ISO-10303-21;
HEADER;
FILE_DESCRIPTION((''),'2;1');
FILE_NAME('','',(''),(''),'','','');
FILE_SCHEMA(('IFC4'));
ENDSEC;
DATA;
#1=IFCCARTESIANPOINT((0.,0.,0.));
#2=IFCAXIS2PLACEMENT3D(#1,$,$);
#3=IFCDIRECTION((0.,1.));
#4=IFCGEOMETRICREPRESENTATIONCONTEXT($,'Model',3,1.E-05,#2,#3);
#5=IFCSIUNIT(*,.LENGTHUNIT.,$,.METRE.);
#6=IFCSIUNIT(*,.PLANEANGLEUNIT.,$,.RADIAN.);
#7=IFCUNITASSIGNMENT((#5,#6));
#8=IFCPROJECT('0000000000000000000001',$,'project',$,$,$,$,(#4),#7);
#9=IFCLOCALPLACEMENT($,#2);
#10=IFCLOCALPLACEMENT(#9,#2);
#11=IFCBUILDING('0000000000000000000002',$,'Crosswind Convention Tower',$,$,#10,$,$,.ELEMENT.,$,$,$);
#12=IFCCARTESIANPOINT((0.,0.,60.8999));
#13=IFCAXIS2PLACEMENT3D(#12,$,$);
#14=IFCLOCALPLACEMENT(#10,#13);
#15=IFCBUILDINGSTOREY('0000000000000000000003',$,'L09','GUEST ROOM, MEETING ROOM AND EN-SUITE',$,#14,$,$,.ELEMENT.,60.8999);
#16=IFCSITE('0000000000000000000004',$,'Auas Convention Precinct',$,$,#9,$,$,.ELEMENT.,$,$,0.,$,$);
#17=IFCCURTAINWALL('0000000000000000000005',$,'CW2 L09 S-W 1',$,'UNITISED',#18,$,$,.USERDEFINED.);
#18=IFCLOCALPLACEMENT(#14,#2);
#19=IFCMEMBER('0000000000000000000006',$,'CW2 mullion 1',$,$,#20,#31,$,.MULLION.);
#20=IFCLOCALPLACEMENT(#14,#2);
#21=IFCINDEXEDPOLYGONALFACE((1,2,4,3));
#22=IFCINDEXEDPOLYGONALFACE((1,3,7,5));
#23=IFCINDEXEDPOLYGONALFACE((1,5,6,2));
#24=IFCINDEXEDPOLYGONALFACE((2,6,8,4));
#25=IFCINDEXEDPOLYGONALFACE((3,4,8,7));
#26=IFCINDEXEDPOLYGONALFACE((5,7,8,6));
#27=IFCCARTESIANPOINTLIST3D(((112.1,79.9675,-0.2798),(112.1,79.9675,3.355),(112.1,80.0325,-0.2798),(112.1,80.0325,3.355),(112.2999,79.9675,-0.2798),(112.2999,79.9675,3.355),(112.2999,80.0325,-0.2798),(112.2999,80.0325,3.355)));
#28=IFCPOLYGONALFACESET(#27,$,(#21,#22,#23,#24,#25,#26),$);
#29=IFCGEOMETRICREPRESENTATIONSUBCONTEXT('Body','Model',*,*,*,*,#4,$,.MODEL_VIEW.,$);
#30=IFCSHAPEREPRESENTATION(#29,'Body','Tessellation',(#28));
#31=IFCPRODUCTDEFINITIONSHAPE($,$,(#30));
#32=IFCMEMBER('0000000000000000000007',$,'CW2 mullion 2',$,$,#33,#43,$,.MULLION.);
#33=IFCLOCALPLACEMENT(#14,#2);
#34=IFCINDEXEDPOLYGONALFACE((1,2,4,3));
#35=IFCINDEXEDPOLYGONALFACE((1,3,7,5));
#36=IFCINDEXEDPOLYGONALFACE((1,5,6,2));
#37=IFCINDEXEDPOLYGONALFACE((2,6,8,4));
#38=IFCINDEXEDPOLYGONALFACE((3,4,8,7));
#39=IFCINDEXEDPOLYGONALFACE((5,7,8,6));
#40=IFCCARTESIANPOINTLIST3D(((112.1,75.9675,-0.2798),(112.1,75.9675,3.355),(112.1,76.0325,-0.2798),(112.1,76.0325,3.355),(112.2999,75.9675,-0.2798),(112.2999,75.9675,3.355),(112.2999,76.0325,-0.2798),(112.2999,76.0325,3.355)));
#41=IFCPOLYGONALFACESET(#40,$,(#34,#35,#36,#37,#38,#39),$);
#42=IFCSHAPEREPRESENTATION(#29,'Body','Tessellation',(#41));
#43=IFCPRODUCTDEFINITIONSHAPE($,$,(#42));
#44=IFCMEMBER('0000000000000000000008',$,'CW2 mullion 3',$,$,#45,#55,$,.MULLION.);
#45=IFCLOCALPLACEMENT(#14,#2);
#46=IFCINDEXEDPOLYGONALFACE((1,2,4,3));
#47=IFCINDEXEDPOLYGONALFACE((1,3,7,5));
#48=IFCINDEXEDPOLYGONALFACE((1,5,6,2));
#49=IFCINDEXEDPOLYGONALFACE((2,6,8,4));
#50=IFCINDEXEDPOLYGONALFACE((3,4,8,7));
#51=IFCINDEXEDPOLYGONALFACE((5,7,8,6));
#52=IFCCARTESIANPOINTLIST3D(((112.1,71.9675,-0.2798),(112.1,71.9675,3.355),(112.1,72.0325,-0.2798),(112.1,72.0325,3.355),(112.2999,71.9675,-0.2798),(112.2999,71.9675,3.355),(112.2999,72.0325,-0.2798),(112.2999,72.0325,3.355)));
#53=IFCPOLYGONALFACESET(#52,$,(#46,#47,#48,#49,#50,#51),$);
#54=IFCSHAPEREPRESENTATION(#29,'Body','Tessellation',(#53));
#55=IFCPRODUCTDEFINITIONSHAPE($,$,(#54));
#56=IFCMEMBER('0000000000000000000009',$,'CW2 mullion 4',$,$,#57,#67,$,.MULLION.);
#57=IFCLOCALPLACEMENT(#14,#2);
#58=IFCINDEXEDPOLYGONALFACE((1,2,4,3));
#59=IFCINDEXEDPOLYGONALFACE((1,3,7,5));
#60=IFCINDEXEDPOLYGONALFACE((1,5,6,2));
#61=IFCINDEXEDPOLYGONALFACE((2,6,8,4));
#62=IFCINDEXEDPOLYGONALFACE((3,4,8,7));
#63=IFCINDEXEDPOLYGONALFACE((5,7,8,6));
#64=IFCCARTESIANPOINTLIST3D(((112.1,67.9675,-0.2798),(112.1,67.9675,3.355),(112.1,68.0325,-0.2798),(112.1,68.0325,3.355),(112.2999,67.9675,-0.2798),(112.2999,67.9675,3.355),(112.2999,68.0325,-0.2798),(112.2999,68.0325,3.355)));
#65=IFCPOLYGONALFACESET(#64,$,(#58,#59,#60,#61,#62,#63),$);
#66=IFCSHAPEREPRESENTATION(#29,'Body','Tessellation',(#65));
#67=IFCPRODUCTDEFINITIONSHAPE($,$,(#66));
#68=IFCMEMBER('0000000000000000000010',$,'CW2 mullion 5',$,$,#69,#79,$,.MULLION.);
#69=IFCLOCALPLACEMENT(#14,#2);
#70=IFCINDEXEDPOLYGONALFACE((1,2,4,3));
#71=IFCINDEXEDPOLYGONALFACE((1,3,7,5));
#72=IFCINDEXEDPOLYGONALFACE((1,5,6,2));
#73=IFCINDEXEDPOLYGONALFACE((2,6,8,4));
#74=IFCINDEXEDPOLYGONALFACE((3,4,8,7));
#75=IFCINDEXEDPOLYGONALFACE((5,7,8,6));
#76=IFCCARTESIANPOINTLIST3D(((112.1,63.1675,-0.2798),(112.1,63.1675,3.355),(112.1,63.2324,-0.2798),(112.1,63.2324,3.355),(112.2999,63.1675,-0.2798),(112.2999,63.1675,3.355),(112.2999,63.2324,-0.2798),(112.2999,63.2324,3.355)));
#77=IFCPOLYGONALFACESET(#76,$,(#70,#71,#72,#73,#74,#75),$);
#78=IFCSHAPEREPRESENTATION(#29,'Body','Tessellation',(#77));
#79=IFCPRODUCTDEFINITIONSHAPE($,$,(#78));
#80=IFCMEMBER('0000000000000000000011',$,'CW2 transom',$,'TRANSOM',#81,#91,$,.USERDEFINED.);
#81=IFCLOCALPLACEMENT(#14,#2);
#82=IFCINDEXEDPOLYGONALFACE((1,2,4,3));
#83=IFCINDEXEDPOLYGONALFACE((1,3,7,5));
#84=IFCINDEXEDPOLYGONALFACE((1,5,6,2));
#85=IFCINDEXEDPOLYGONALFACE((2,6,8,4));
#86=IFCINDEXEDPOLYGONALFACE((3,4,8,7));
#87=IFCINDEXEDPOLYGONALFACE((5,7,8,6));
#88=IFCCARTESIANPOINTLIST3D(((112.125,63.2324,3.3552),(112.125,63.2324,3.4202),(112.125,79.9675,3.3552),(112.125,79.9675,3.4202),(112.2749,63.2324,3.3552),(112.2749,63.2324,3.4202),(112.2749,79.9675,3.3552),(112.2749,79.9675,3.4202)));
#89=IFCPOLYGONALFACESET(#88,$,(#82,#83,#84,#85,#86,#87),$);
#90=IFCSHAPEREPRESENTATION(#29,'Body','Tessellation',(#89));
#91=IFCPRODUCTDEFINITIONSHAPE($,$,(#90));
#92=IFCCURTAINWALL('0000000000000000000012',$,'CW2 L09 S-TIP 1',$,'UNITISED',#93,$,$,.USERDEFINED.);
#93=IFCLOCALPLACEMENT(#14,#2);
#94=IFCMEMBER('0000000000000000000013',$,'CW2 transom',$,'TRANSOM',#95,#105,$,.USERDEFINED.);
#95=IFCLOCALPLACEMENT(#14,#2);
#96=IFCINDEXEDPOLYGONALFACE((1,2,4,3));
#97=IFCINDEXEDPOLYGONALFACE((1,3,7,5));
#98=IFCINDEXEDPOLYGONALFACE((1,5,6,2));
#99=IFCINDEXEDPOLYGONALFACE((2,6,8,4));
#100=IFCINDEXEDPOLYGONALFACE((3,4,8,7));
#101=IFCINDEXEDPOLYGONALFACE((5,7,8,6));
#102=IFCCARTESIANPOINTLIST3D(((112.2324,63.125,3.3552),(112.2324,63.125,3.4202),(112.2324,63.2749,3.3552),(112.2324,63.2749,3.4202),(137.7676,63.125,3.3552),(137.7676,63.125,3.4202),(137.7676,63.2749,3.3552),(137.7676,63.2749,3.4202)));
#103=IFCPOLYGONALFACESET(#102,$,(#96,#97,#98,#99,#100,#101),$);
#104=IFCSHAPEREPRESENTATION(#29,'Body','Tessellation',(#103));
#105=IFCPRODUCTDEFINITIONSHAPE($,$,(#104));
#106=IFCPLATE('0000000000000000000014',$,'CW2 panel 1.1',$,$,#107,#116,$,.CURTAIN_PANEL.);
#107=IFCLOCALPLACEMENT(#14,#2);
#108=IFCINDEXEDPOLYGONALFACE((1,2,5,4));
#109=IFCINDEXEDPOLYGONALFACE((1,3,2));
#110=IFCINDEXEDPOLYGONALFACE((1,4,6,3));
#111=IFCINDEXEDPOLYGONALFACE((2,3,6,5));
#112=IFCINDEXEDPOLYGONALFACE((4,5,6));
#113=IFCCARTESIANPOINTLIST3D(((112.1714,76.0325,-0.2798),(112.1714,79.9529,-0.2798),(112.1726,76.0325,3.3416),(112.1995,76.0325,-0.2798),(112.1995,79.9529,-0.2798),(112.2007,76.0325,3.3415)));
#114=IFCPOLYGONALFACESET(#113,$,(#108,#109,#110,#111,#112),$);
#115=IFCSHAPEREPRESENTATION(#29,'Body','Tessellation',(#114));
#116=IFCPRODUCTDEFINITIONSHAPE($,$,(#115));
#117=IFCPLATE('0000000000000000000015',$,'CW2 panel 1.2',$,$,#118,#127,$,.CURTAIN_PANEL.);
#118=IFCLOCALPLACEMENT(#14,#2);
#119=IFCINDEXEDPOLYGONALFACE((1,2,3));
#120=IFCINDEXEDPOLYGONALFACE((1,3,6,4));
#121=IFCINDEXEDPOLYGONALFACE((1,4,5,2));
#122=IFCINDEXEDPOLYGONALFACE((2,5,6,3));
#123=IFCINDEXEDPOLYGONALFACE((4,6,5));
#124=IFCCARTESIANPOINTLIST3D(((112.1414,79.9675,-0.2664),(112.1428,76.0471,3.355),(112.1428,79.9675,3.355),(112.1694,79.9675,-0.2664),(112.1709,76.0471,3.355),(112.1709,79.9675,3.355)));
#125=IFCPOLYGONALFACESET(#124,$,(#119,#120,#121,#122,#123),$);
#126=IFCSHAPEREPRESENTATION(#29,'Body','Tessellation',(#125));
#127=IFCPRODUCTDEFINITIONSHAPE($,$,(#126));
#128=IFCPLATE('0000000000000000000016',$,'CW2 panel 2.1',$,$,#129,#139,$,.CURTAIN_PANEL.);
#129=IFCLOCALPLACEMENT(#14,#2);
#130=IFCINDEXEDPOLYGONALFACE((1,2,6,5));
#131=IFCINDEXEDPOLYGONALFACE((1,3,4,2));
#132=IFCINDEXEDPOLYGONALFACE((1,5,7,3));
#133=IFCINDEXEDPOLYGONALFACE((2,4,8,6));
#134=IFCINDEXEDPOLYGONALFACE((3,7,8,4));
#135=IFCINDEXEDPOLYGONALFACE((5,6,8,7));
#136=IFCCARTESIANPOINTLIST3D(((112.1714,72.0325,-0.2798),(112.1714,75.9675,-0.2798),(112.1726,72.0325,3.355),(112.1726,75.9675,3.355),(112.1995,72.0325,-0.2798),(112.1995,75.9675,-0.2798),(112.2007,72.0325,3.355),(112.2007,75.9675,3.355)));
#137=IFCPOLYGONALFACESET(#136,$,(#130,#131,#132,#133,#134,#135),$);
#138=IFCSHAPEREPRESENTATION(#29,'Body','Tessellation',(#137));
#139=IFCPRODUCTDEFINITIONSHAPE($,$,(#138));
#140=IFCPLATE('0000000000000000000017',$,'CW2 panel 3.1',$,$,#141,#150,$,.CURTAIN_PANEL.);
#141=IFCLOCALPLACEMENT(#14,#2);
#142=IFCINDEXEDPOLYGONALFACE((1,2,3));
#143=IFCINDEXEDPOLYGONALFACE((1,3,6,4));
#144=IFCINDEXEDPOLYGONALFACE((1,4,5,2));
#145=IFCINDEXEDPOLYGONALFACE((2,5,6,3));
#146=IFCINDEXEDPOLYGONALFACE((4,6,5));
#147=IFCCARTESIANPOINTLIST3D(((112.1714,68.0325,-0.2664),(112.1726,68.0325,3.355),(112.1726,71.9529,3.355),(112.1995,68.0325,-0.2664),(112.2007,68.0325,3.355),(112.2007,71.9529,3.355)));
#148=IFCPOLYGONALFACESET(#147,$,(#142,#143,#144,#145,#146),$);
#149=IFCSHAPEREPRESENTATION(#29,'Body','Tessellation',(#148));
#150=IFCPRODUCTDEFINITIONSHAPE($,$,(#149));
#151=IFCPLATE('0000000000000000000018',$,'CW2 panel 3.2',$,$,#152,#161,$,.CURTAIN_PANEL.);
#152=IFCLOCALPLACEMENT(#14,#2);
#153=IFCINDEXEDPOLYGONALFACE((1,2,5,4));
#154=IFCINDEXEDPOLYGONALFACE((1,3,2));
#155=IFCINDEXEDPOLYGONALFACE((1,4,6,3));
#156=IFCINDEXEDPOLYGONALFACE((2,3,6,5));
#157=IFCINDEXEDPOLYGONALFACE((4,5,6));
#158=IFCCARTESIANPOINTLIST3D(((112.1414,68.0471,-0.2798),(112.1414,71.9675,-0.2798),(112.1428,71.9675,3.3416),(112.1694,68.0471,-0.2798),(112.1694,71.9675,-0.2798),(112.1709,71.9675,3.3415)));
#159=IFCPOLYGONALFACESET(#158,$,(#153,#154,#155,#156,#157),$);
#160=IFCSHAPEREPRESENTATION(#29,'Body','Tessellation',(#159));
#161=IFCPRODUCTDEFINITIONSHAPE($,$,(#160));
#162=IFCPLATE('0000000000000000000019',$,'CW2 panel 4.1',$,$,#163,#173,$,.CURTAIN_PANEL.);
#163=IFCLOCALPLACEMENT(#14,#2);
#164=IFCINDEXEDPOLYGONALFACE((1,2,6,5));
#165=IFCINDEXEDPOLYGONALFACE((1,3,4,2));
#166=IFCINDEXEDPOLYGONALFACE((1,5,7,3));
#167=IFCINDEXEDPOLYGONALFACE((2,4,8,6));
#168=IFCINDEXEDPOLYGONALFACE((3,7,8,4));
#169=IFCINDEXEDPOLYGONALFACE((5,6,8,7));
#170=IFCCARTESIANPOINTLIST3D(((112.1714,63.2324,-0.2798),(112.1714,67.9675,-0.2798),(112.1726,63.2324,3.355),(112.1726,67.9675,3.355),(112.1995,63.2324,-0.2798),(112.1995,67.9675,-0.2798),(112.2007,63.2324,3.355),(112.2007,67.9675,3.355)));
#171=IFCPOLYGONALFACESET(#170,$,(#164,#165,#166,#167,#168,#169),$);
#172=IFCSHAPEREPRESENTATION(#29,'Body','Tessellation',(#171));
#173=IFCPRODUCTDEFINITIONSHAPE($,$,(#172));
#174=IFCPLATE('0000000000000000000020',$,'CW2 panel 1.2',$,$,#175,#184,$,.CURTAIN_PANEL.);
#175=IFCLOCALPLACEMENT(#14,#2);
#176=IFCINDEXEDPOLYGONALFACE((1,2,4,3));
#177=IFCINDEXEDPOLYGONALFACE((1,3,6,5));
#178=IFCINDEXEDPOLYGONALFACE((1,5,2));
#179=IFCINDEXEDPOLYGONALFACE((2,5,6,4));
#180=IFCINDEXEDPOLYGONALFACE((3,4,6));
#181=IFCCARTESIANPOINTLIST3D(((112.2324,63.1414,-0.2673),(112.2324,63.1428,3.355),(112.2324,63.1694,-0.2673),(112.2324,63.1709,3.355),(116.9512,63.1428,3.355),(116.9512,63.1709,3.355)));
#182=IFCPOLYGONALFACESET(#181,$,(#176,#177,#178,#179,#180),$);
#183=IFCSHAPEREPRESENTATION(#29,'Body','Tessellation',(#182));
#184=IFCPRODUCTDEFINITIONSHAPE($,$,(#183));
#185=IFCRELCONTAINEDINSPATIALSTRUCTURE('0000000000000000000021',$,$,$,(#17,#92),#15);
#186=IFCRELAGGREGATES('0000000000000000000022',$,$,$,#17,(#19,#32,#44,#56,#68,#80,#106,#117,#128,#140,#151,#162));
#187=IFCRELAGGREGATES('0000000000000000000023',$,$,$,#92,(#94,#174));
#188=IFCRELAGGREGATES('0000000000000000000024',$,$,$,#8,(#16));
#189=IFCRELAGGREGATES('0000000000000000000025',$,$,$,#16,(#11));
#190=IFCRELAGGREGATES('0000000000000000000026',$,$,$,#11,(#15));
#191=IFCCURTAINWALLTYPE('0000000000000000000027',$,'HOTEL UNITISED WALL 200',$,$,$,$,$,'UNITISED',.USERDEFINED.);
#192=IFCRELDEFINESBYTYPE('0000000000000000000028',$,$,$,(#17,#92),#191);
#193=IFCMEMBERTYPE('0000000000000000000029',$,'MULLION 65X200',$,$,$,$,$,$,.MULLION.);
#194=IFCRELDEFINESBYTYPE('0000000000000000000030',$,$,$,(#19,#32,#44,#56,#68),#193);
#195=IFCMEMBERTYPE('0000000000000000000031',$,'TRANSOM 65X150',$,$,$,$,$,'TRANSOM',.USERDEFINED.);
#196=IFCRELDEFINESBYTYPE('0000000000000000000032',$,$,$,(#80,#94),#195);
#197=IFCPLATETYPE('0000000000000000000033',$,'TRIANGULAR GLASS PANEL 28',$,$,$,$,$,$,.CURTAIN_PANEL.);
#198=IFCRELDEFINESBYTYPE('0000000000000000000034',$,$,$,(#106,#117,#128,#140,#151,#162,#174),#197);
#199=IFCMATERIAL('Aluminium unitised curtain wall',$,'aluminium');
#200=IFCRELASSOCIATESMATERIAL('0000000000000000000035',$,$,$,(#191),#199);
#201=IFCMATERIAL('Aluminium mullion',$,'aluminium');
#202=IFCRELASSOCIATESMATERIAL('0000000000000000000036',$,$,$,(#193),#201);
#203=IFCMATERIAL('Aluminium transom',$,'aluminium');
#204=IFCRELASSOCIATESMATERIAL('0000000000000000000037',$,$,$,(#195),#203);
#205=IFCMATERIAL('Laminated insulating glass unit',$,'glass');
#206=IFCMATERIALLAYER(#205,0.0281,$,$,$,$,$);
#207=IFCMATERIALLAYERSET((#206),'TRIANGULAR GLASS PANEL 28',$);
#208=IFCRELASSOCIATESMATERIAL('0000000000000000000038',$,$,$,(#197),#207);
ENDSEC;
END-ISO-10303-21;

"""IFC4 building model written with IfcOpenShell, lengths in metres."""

from ifc_helpers import new_model, si_unit, direction, frame, origin, origin_2d, place, context, subcontext, project, spatial, polyline, rectangle, outline, extrude, material, layer, layer_set, material_profile, profile_set, type_object, element, aggregate, save


model = new_model("IFC4")

# Units and contexts
model_context = context("Model", 3, precision=1e-05, world=origin(), true_north=direction((0.0, 1.0)))
body_context = subcontext(model_context, "Body", "Model", "MODEL_VIEW")
ifc_project = project(units=[si_unit("LENGTHUNIT", "METRE"), si_unit("PLANEANGLEUNIT", "RADIAN")], contexts=[model_context])

# Site, building, storey
site_placement = place(None, origin())
site = spatial("IfcSite", under=ifc_project, at=site_placement, Name="Auas Convention Precinct", CompositionType="ELEMENT", RefElevation=0.0)
building_placement = place(site_placement, origin())
building = spatial("IfcBuilding", under=site, at=building_placement, Name="Crosswind Convention Tower", CompositionType="ELEMENT")
storey_placement = place(building_placement, frame((0.0, 0.0, 60.8999)))
storey = spatial("IfcBuildingStorey", under=building, at=storey_placement, Name="L09", Description="GUEST ROOM, MEETING ROOM AND EN-SUITE", CompositionType="ELEMENT", Elevation=60.8999)

# Curtain wall, members
ifc_material_1 = material(Name="Aluminium unitised curtain wall", Category="aluminium")
curtain_wall_type = type_object("IfcCurtainWallType", Name="HOTEL UNITISED WALL 200", ElementType="UNITISED", PredefinedType="USERDEFINED", material=ifc_material_1)
curtain_wall_1_placement = place(storey_placement, origin())
curtain_wall_1 = element("IfcCurtainWall", 1, at=curtain_wall_1_placement, inside=storey, type_object=curtain_wall_type, Name="CW2 L09 S-W 1", ObjectType="UNITISED", PredefinedType="USERDEFINED")
ifc_material_2 = material(Name="Aluminium mullion", Category="aluminium")
ifc_material_profile_1 = material_profile(ifc_material_2, rectangle(XDim=0.2, YDim=0.0649, at=origin_2d()), Name="AL 200X65")
ifc_profile_set_1 = profile_set([ifc_material_profile_1], Name="Aluminium mullion")
member_type_1 = type_object("IfcMemberType", Name="MULLION 65X200", PredefinedType="MULLION", material=ifc_profile_set_1)
member_1_placement = place(storey_placement, frame((112.2, 80.0, -0.2798), z_axis=(0.0, 0.0, 1.0), x_axis=(-1.0, 0.0, 0.0)))
member_1 = element("IfcMember", 2, at=member_1_placement, type_object=member_type_1, Name="CW2 mullion 1", PredefinedType="MULLION", context=body_context, shape_type="SweptSolid", body=[
    extrude(rectangle(XDim=0.2, YDim=0.0649, at=origin_2d()), origin(), (0.0, 0.0, 1.0), 3.6348),
])
member_2_placement = place(storey_placement, frame((112.2, 76.0, -0.2798), z_axis=(0.0, 0.0, 1.0), x_axis=(-1.0, 0.0, 0.0)))
member_2 = element("IfcMember", 3, at=member_2_placement, type_object=member_type_1, Name="CW2 mullion 2", PredefinedType="MULLION", context=body_context, shape_type="SweptSolid", body=[
    extrude(rectangle(XDim=0.2, YDim=0.0649, at=origin_2d()), origin(), (0.0, 0.0, 1.0), 3.6348),
])
member_3_placement = place(storey_placement, frame((112.2, 72.0, -0.2798), z_axis=(0.0, 0.0, 1.0), x_axis=(-1.0, 0.0, 0.0)))
member_3 = element("IfcMember", 4, at=member_3_placement, type_object=member_type_1, Name="CW2 mullion 3", PredefinedType="MULLION", context=body_context, shape_type="SweptSolid", body=[
    extrude(rectangle(XDim=0.2, YDim=0.0649, at=origin_2d()), origin(), (0.0, 0.0, 1.0), 3.6348),
])
member_4_placement = place(storey_placement, frame((112.2, 68.0, -0.2798), z_axis=(0.0, 0.0, 1.0), x_axis=(-1.0, 0.0, 0.0)))
member_4 = element("IfcMember", 5, at=member_4_placement, type_object=member_type_1, Name="CW2 mullion 4", PredefinedType="MULLION", context=body_context, shape_type="SweptSolid", body=[
    extrude(rectangle(XDim=0.2, YDim=0.0649, at=origin_2d()), origin(), (0.0, 0.0, 1.0), 3.6348),
])
member_5_placement = place(storey_placement, frame((112.2, 63.2, -0.2798), z_axis=(0.0, 0.0, 1.0), x_axis=(-1.0, 0.0, 0.0)))
member_5 = element("IfcMember", 6, at=member_5_placement, type_object=member_type_1, Name="CW2 mullion 5", PredefinedType="MULLION", context=body_context, shape_type="SweptSolid", body=[
    extrude(rectangle(XDim=0.2, YDim=0.0649, at=origin_2d()), origin(), (0.0, 0.0, 1.0), 3.6348),
])
ifc_material_3 = material(Name="Aluminium transom", Category="aluminium")
ifc_material_profile_2 = material_profile(ifc_material_3, rectangle(XDim=0.1499, YDim=0.0649, at=origin_2d()), Name="AL 150X65")
ifc_profile_set_2 = profile_set([ifc_material_profile_2], Name="Aluminium transom")
member_type_2 = type_object("IfcMemberType", Name="TRANSOM 65X150", ElementType="TRANSOM", PredefinedType="USERDEFINED", material=ifc_profile_set_2)
member_6_placement = place(storey_placement, frame((112.2, 79.9675, 3.3877), z_axis=(0.0, -1.0, 0.0), x_axis=(1.0, 0.0, 0.0)))
member_6 = element("IfcMember", 7, at=member_6_placement, type_object=member_type_2, Name="CW2 transom", ObjectType="TRANSOM", PredefinedType="USERDEFINED", context=body_context, shape_type="SweptSolid", body=[
    extrude(rectangle(XDim=0.1499, YDim=0.0649, at=origin_2d()), origin(), (0.0, 0.0, 1.0), 16.7351),
])

# Curtain wall, member
curtain_wall_2_placement = place(storey_placement, origin())
curtain_wall_2 = element("IfcCurtainWall", 8, at=curtain_wall_2_placement, inside=storey, type_object=curtain_wall_type, Name="CW2 L09 S-TIP 1", ObjectType="UNITISED", PredefinedType="USERDEFINED")
member_7_placement = place(storey_placement, frame((112.2324, 63.2, 3.3877), z_axis=(1.0, 0.0, 0.0), x_axis=(0.0, 1.0, 0.0)))
member_7 = element("IfcMember", 9, at=member_7_placement, type_object=member_type_2, Name="CW2 transom", ObjectType="TRANSOM", PredefinedType="USERDEFINED", context=body_context, shape_type="SweptSolid", body=[
    extrude(rectangle(XDim=0.1499, YDim=0.0649, at=origin_2d()), origin(), (0.0, 0.0, 1.0), 25.5352),
])

# Plates
ifc_material_4 = material(Name="Laminated insulating glass unit", Category="glass")
ifc_layer = layer(ifc_material_4, 0.0281)
ifc_layer_set = layer_set([ifc_layer], Name="TRIANGULAR GLASS PANEL 28")
plate_type = type_object("IfcPlateType", Name="TRIANGULAR GLASS PANEL 28", PredefinedType="CURTAIN_PANEL", material=ifc_layer_set)
plate_1_placement = place(storey_placement, frame((112.1714, 76.0325, -0.2798), z_axis=(-1.0, 0.0, 0.000337), x_axis=(0.000337, 0.0, 1.0)))
plate_1 = element("IfcPlate", 10, at=plate_1_placement, type_object=plate_type, Name="CW2 panel 1.1", PredefinedType="CURTAIN_PANEL", context=body_context, shape_type="SweptSolid", body=[
    extrude(outline(polyline([(0.0, 0.0), (3.6213, 0.0), (0.0, 3.9204), (0.0, 0.0)])), origin(), (0.0, 0.0, -1.0), 0.0281),
])
plate_2_placement = place(storey_placement, frame((112.1428, 79.9675, 3.355), z_axis=(-1.0, 0.0, 0.000405), x_axis=(-0.000405, 0.0, -1.0)))
plate_2 = element("IfcPlate", 11, at=plate_2_placement, type_object=plate_type, Name="CW2 panel 1.2", PredefinedType="CURTAIN_PANEL", context=body_context, shape_type="SweptSolid", body=[
    extrude(outline(polyline([(0.0, 0.0), (3.6213, 0.0), (0.0, 3.9204), (0.0, 0.0)])), origin(), (0.0, 0.0, -1.0), 0.0281),
])
plate_3_placement = place(storey_placement, frame((112.1714, 75.9675, -0.2798), z_axis=(-1.0, 0.0, 0.000336), x_axis=(0.0, -1.0, 0.0)))
plate_3 = element("IfcPlate", 12, at=plate_3_placement, type_object=plate_type, Name="CW2 panel 2.1", PredefinedType="CURTAIN_PANEL", context=body_context, shape_type="SweptSolid", body=[
    extrude(outline(polyline([(0.0, 0.0), (3.9351, 0.0), (3.9351, 3.6348), (0.0, 3.6348), (0.0, 0.0)])), origin(), (0.0, 0.0, -1.0), 0.0281),
])
plate_4_placement = place(storey_placement, frame((112.1726, 68.0325, 3.355), z_axis=(-1.0, 0.0, 0.000337), x_axis=(0.0, 1.0, 0.0)))
plate_4 = element("IfcPlate", 13, at=plate_4_placement, type_object=plate_type, Name="CW2 panel 3.1", PredefinedType="CURTAIN_PANEL", context=body_context, shape_type="SweptSolid", body=[
    extrude(outline(polyline([(0.0, 0.0), (3.9204, 0.0), (0.0, 3.6213), (0.0, 0.0)])), origin(), (0.0, 0.0, -1.0), 0.0281),
])
plate_5_placement = place(storey_placement, frame((112.1414, 71.9675, -0.2798), z_axis=(-1.0, 0.0, 0.000405), x_axis=(0.0, -1.0, 0.0)))
plate_5 = element("IfcPlate", 14, at=plate_5_placement, type_object=plate_type, Name="CW2 panel 3.2", PredefinedType="CURTAIN_PANEL", context=body_context, shape_type="SweptSolid", body=[
    extrude(outline(polyline([(0.0, 0.0), (3.9204, 0.0), (0.0, 3.6213), (0.0, 0.0)])), origin(), (0.0, 0.0, -1.0), 0.0281),
])
plate_6_placement = place(storey_placement, frame((112.1714, 67.9675, -0.2798), z_axis=(-1.0, 0.0, 0.000336), x_axis=(0.0, -1.0, 0.0)))
plate_6 = element("IfcPlate", 15, at=plate_6_placement, type_object=plate_type, Name="CW2 panel 4.1", PredefinedType="CURTAIN_PANEL", context=body_context, shape_type="SweptSolid", body=[
    extrude(outline(polyline([(0.0, 0.0), (4.7351, 0.0), (4.7351, 3.6348), (0.0, 3.6348), (0.0, 0.0)])), origin(), (0.0, 0.0, -1.0), 0.0281),
])
plate_7_placement = place(storey_placement, frame((112.2324, 63.1428, 3.355), z_axis=(0.0, -1.0, 0.000404), x_axis=(0.0, -0.000404, -1.0)))
plate_7 = element("IfcPlate", 16, at=plate_7_placement, type_object=plate_type, Name="CW2 panel 1.2", PredefinedType="CURTAIN_PANEL", context=body_context, shape_type="SweptSolid", body=[
    extrude(outline(polyline([(0.0, 0.0), (3.6223, 0.0), (0.0, 4.7188), (0.0, 0.0)])), origin(), (0.0, 0.0, -1.0), 0.0281),
])

aggregate(curtain_wall_1, [member_1, member_2, member_3, member_4, member_5, member_6, plate_1, plate_2, plate_3, plate_4, plate_5, plate_6])
aggregate(curtain_wall_2, [member_7, plate_7])

save(model, "model.ifc")
